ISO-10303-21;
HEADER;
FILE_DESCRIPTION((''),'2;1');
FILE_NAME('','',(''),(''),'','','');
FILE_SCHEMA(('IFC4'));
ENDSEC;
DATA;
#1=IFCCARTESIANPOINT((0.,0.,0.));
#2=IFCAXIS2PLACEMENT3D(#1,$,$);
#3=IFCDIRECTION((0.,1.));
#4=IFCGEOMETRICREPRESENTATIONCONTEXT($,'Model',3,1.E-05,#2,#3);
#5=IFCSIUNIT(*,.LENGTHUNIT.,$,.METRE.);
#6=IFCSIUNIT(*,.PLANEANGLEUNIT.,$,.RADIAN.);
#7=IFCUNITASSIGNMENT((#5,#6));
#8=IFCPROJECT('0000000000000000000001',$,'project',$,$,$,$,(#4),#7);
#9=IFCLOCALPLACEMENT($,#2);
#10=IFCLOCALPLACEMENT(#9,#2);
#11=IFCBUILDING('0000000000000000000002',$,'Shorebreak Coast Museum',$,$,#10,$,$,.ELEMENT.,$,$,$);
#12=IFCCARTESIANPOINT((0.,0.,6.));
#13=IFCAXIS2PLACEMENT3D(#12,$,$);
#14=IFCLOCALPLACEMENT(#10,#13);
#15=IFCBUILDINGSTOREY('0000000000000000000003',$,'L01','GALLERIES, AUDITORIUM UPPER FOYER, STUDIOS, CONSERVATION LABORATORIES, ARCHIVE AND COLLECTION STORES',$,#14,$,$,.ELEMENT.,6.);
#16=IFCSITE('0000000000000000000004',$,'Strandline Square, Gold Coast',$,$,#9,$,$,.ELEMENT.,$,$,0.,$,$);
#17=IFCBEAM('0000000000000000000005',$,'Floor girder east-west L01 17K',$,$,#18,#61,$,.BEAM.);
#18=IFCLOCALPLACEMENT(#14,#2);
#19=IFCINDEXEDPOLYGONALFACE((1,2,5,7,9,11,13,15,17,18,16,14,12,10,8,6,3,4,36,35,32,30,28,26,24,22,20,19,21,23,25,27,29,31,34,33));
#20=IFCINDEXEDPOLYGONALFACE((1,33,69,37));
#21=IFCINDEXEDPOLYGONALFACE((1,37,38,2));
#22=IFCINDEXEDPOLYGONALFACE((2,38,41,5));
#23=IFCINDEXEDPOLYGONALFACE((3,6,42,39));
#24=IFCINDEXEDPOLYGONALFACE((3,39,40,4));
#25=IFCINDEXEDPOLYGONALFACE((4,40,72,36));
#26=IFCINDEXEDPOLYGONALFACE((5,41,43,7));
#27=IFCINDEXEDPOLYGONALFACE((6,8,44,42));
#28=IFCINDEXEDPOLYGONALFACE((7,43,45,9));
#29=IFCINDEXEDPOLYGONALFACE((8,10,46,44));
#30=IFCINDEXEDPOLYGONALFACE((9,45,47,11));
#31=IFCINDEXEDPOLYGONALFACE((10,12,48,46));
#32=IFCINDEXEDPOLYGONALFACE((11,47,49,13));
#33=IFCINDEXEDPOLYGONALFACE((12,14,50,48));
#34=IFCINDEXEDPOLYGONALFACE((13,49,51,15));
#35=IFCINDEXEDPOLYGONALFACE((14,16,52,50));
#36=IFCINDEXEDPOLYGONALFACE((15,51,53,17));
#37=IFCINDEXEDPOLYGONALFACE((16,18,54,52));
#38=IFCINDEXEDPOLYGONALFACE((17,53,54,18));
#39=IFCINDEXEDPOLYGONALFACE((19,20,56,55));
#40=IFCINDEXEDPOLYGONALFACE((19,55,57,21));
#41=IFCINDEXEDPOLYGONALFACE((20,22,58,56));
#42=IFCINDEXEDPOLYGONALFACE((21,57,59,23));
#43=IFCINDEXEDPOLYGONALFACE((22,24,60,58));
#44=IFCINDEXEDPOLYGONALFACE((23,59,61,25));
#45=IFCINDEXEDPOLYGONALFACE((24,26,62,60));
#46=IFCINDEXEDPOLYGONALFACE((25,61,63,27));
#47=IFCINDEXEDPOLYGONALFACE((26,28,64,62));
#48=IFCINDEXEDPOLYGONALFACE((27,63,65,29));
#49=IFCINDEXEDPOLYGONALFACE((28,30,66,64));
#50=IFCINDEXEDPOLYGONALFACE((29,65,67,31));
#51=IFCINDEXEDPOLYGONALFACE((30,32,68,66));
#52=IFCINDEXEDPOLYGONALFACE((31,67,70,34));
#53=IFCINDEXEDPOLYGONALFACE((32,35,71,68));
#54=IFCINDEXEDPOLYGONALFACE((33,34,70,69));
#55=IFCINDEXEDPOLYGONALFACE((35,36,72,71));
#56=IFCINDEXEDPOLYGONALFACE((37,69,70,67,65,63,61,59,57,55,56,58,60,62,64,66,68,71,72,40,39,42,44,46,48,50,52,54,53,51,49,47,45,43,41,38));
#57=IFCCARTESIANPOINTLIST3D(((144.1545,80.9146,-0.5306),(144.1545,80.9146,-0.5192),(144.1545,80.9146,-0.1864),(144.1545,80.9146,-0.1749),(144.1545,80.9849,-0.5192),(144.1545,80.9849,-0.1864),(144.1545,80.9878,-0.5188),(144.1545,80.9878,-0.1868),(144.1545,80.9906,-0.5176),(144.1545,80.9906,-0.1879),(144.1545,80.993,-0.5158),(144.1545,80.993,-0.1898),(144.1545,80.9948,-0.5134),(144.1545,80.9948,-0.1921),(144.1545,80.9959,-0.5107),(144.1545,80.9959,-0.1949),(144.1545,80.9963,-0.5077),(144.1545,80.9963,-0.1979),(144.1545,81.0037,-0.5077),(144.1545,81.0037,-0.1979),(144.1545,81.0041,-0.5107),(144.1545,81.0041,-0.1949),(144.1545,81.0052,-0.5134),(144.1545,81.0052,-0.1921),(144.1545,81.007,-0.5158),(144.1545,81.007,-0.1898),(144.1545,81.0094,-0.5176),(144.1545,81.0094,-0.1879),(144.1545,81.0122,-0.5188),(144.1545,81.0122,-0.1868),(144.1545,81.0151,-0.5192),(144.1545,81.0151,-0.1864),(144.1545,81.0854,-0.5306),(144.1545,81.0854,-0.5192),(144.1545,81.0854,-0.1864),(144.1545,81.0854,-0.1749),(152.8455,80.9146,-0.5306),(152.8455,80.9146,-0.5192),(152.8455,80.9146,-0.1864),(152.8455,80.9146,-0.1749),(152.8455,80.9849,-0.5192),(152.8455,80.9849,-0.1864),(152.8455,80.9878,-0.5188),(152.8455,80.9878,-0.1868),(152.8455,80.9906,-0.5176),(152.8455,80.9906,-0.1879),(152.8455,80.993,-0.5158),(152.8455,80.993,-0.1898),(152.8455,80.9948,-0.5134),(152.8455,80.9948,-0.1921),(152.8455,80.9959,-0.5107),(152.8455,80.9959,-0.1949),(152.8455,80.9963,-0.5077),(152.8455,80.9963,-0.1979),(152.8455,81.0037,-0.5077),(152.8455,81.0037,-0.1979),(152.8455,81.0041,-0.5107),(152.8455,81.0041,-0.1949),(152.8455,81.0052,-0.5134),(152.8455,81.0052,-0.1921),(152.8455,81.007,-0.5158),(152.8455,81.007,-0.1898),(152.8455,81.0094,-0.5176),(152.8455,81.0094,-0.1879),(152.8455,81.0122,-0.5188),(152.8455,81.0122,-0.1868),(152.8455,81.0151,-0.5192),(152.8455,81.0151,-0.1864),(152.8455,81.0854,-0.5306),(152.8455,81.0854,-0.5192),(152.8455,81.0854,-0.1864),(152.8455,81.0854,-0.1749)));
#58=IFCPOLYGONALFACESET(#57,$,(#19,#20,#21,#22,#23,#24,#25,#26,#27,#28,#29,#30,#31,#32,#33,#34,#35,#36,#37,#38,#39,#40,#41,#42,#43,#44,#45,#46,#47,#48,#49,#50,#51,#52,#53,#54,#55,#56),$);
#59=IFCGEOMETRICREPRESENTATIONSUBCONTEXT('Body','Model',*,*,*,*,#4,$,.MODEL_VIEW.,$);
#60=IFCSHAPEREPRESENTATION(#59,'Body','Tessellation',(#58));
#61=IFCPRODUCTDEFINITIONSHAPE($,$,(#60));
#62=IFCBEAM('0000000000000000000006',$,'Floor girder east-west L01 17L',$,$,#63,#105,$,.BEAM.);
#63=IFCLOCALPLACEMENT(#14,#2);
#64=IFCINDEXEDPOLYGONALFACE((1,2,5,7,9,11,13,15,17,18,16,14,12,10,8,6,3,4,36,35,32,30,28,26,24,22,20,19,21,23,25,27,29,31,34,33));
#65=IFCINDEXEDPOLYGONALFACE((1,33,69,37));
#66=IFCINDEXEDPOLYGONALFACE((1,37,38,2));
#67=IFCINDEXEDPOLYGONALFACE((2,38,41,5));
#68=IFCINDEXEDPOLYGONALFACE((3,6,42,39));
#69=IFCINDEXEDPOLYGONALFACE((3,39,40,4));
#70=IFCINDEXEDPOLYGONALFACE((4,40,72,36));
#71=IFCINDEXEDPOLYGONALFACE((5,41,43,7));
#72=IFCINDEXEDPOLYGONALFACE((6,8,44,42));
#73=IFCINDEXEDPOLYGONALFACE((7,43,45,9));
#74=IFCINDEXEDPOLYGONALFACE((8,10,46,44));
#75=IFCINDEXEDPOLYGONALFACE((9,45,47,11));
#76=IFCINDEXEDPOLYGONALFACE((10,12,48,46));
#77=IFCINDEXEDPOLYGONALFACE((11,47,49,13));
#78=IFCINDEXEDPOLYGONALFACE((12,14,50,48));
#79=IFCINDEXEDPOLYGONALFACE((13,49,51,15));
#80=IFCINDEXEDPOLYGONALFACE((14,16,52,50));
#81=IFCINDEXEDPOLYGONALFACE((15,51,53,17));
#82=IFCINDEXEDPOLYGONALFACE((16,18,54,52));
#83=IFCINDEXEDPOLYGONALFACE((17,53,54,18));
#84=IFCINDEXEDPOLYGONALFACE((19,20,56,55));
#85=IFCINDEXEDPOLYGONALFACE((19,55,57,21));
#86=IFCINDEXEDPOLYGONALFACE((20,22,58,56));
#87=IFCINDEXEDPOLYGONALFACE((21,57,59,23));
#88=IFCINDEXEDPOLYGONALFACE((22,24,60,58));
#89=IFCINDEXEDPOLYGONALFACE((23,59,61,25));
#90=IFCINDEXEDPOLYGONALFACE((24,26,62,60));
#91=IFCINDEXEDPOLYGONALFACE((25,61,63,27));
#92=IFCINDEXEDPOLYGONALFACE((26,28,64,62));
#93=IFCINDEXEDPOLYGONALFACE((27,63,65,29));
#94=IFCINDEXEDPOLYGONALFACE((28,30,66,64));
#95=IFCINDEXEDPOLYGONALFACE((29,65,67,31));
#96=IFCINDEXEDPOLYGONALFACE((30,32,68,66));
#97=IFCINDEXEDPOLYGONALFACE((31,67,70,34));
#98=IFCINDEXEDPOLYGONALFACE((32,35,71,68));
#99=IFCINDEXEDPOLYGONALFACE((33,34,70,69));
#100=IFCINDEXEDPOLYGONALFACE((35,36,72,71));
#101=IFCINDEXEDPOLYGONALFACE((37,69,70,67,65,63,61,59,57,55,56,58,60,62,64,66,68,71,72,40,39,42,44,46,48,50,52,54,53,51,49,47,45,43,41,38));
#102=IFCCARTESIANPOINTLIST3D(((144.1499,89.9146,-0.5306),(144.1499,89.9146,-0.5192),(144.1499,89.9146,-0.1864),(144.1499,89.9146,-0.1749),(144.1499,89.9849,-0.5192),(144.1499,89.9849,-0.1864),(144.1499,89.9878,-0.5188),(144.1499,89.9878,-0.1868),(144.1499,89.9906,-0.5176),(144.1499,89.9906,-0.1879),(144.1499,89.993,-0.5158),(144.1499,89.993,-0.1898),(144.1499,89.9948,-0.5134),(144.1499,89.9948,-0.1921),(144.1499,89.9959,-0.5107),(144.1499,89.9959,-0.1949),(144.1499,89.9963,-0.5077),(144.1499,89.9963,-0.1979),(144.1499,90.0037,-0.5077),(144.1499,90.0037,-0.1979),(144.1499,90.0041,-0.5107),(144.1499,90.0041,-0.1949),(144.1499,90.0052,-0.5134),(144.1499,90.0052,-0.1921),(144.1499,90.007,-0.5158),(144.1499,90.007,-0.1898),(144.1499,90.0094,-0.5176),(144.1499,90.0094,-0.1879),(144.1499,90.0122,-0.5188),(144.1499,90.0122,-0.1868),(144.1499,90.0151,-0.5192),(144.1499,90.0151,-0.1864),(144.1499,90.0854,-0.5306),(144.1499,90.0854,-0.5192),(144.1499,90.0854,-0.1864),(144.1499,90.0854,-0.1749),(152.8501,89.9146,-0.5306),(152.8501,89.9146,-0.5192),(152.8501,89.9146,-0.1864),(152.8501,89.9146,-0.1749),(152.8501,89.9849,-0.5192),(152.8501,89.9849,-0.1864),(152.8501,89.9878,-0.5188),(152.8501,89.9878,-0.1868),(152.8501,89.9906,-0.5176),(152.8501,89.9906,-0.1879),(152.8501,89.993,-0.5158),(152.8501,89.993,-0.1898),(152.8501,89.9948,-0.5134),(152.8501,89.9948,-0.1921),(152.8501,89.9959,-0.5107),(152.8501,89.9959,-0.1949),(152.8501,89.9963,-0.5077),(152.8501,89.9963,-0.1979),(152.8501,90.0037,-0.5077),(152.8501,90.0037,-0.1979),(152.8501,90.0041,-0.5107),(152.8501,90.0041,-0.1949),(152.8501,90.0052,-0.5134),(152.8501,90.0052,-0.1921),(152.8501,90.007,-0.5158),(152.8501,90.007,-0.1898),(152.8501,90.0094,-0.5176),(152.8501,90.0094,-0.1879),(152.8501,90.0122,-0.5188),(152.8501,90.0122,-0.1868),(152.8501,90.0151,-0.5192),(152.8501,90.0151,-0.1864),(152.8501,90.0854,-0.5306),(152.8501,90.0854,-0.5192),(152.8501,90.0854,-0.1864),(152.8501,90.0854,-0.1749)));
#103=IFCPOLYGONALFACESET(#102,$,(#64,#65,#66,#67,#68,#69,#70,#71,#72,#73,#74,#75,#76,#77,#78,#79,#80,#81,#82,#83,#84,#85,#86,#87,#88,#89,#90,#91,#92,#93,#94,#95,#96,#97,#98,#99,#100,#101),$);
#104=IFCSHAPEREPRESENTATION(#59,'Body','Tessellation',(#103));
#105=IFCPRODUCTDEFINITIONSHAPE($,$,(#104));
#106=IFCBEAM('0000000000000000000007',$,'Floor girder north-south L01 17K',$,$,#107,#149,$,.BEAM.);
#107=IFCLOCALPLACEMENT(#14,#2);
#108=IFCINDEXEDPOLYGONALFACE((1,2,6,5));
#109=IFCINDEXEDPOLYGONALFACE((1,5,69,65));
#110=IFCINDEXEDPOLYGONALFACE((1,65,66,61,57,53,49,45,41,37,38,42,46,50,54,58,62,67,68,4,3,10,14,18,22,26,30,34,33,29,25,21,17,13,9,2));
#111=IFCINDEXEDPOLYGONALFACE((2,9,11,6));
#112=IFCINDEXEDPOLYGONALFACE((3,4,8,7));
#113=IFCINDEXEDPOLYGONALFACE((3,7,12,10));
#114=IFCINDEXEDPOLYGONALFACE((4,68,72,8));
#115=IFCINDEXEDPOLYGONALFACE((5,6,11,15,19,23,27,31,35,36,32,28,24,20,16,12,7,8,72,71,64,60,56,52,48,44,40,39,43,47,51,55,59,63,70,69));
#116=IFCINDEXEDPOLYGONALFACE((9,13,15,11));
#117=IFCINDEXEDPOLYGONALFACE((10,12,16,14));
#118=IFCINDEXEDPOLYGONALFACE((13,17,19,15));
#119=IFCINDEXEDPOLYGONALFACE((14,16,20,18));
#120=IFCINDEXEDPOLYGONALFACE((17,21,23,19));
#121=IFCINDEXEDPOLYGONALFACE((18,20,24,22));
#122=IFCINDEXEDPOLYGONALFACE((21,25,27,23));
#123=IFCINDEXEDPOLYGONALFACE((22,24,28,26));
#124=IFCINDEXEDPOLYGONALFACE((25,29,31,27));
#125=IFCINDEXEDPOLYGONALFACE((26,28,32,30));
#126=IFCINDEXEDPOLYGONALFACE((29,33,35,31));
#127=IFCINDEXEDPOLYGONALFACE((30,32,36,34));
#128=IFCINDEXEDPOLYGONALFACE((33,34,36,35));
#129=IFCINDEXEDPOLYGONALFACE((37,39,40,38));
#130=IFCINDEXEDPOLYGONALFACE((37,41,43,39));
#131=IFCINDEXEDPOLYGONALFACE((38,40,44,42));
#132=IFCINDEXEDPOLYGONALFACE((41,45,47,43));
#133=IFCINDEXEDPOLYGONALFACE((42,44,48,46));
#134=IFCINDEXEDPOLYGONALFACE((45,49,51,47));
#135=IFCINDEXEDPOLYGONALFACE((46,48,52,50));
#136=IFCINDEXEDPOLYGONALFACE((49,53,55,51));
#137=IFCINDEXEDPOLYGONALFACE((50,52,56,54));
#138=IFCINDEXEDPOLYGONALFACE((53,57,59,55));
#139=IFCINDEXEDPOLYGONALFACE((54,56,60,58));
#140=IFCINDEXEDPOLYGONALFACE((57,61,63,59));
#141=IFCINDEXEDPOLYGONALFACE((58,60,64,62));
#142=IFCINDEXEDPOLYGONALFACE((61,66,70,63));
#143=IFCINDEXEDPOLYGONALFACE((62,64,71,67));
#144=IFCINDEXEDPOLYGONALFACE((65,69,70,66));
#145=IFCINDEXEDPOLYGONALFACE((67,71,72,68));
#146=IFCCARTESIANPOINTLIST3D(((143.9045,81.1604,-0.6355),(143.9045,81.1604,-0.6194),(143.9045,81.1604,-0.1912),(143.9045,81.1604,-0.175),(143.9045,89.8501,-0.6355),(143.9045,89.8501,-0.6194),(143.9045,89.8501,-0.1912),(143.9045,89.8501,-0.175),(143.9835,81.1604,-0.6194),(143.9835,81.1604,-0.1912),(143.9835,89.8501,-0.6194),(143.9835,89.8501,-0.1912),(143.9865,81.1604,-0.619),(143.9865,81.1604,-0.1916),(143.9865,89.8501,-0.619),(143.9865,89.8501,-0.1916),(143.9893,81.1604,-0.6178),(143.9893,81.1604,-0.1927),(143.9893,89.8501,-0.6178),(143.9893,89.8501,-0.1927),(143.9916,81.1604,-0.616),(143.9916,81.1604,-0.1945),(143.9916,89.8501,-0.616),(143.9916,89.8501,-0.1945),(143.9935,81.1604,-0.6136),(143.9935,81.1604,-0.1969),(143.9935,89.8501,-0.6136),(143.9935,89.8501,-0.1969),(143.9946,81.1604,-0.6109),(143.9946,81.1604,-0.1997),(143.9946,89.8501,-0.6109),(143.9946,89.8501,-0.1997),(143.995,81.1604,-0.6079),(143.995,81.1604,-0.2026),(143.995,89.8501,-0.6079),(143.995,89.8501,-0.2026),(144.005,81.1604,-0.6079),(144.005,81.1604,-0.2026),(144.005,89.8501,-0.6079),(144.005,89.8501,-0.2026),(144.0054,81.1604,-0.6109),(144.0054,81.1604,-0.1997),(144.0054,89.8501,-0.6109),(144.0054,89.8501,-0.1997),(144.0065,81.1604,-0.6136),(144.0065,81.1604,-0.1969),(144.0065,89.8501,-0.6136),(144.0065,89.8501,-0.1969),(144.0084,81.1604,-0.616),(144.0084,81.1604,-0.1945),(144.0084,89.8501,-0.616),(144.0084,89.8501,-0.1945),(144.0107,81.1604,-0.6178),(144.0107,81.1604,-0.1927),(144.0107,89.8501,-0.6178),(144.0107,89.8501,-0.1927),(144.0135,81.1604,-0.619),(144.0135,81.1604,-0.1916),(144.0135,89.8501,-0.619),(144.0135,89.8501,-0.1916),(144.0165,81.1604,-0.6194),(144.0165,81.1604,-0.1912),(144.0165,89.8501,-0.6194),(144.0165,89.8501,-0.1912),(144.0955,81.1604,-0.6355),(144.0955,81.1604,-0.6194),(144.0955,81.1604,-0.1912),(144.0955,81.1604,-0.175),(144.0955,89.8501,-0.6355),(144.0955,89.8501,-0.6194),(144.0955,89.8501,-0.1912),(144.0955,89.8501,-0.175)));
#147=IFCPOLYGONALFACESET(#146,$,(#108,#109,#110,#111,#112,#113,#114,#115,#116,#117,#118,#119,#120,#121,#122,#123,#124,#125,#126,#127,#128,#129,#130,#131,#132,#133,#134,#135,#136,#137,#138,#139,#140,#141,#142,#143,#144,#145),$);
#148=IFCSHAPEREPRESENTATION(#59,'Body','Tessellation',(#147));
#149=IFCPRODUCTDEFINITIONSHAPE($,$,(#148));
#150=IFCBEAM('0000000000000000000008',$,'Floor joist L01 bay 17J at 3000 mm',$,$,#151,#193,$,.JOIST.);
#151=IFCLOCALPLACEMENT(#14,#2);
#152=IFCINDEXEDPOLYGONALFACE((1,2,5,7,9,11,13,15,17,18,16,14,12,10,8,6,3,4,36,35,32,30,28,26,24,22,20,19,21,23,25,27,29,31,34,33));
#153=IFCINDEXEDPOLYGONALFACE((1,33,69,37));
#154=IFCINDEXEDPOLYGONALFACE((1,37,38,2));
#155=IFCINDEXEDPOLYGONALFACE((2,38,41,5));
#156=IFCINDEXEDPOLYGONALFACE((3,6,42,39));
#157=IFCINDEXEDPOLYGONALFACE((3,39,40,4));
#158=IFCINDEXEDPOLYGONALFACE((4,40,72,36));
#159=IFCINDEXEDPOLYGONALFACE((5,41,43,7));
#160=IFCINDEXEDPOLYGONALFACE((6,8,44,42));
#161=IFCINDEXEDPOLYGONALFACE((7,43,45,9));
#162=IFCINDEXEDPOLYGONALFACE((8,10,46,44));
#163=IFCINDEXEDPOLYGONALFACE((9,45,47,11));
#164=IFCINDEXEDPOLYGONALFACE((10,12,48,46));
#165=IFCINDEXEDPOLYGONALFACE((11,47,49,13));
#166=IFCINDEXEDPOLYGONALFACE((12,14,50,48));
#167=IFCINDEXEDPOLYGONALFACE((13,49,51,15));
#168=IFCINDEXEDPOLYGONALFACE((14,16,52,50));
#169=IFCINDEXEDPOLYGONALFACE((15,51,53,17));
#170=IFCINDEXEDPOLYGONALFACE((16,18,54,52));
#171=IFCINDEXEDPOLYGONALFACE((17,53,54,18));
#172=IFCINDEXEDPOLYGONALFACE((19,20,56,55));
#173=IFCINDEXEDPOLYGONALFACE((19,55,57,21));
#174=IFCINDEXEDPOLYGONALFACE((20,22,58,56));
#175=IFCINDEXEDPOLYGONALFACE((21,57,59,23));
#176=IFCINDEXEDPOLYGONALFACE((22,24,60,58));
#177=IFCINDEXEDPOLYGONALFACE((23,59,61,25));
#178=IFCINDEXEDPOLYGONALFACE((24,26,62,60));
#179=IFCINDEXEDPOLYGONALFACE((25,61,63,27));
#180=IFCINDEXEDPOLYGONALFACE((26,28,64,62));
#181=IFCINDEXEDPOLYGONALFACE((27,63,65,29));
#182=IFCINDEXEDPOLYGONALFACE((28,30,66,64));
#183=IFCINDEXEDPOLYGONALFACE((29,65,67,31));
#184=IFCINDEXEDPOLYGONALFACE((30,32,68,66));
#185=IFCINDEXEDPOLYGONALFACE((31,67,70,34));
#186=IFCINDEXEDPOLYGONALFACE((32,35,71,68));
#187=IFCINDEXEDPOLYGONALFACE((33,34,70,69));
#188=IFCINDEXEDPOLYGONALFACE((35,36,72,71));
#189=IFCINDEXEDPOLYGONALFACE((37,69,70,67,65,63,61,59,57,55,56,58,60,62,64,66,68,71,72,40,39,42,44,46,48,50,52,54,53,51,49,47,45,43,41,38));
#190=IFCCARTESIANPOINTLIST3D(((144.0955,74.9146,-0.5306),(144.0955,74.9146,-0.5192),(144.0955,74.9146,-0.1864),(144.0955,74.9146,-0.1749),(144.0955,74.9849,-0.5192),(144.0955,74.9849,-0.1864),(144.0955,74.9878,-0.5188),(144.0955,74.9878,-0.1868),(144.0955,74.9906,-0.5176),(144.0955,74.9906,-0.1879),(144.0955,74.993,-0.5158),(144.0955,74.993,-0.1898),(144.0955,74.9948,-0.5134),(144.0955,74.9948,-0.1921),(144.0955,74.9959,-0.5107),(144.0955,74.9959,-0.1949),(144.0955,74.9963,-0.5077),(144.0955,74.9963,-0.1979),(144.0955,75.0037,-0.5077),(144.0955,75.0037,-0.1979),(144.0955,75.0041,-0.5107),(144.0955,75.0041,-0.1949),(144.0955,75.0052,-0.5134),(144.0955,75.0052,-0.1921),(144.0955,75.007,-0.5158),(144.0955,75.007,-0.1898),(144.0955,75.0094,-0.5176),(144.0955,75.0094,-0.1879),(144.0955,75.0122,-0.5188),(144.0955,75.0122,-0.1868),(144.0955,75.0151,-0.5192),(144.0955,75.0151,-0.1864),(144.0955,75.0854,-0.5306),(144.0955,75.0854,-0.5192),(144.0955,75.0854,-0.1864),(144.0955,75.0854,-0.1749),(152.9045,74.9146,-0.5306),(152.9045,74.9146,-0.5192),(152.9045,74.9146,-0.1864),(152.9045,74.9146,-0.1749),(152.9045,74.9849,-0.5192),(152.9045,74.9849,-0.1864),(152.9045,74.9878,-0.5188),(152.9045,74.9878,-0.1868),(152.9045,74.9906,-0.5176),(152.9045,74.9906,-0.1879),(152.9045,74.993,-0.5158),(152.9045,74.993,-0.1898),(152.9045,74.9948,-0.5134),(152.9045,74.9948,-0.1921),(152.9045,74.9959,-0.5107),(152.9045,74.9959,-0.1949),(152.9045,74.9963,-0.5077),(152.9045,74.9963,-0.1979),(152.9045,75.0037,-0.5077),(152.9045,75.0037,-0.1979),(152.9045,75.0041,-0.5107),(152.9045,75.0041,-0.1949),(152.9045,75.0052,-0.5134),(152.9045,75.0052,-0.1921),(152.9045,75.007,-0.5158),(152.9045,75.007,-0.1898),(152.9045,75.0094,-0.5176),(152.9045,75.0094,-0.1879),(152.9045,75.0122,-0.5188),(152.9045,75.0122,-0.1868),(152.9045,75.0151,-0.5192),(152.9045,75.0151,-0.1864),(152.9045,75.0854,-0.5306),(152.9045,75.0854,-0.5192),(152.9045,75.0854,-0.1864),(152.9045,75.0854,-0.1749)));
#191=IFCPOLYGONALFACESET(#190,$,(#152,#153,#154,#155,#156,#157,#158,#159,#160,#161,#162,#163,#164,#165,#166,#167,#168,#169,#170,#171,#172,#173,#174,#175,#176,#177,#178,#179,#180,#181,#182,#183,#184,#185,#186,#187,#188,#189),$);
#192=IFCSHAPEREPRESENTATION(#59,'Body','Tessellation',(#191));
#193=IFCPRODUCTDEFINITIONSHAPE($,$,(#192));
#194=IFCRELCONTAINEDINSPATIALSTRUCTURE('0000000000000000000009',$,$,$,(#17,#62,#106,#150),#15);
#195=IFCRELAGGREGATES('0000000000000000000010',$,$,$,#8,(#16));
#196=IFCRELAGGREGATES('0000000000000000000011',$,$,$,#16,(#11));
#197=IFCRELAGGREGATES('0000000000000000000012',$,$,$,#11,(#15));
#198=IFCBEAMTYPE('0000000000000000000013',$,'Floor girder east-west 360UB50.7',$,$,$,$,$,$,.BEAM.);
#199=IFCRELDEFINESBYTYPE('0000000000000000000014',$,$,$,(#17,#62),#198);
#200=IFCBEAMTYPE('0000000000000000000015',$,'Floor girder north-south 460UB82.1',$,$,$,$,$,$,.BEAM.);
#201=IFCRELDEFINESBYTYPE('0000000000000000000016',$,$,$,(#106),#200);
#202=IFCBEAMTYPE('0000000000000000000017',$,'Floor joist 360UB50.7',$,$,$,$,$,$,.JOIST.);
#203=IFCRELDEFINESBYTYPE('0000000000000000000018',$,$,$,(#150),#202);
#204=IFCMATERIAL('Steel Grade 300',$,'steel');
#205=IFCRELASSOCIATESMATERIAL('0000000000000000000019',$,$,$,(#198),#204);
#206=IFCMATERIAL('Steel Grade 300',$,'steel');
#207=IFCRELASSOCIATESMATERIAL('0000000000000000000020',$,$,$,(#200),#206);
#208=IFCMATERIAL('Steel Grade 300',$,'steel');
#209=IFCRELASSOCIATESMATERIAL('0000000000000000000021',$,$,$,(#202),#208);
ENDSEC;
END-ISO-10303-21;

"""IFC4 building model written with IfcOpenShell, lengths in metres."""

from ifc_helpers import new_model, si_unit, direction, frame, origin, origin_2d, place, context, subcontext, project, spatial, i_section, extrude, material, material_profile, profile_set, type_object, element, save


model = new_model("IFC4")

# Units and contexts
model_context = context("Model", 3, precision=1e-05, world=origin(), true_north=direction((0.0, 1.0)))
body_context = subcontext(model_context, "Body", "Model", "MODEL_VIEW")
ifc_project = project(units=[si_unit("LENGTHUNIT", "METRE"), si_unit("PLANEANGLEUNIT", "RADIAN")], contexts=[model_context])

# Site, building, storey
site_placement = place(None, origin())
site = spatial("IfcSite", under=ifc_project, at=site_placement, Name="Strandline Square, Gold Coast", CompositionType="ELEMENT", RefElevation=0.0)
building_placement = place(site_placement, origin())
building = spatial("IfcBuilding", under=site, at=building_placement, Name="Shorebreak Coast Museum", CompositionType="ELEMENT")
storey_placement = place(building_placement, frame((0.0, 0.0, 6.0)))
storey = spatial("IfcBuildingStorey", under=building, at=storey_placement, Name="L01", Description="GALLERIES, AUDITORIUM UPPER FOYER, STUDIOS, CONSERVATION LABORATORIES, ARCHIVE AND COLLECTION STORES", CompositionType="ELEMENT", Elevation=6.0)

# Beams
ifc_material_1 = material(Name="Steel Grade 300", Category="steel")
ifc_material_profile_1 = material_profile(ifc_material_1, i_section(OverallWidth=0.1709, OverallDepth=0.3557, WebThickness=0.0073, FlangeThickness=0.0115, FilletRadius=0.0115, at=origin_2d()), Name="360UB50.7")
ifc_profile_set_1 = profile_set([ifc_material_profile_1], Name="Steel Grade 300")
beam_type_1 = type_object("IfcBeamType", Name="Floor girder east-west 360UB50.7", PredefinedType="BEAM", material=ifc_profile_set_1)
for number, where, z_axis, x_axis, name in (
    (1, (144.1545, 81.0, -0.3528), (1.0, 0.0, 0.0), (0.0, 1.0, 0.0), "Floor girder east-west L01 17K"),
):
    element("IfcBeam", number, at=place(storey_placement, frame(where, z_axis=z_axis, x_axis=x_axis)), inside=storey, type_object=beam_type_1, Name=name, PredefinedType="BEAM", context=body_context, shape_type="SweptSolid", body=[
        extrude(i_section(OverallWidth=0.1709, OverallDepth=0.3557, WebThickness=0.0073, FlangeThickness=0.0115, FilletRadius=0.0115, at=origin_2d()), origin(), (0.0, 0.0, 1.0), 8.6909),
    ])
beam_1_placement = place(storey_placement, frame((144.1499, 90.0, -0.3528), z_axis=(1.0, 0.0, 0.0), x_axis=(0.0, 1.0, 0.0)))
element("IfcBeam", 2, at=beam_1_placement, inside=storey, type_object=beam_type_1, Name="Floor girder east-west L01 17L", PredefinedType="BEAM", context=body_context, shape_type="SweptSolid", body=[
    extrude(i_section(OverallWidth=0.1709, OverallDepth=0.3557, WebThickness=0.0073, FlangeThickness=0.0115, FilletRadius=0.0115, at=origin_2d()), origin(), (0.0, 0.0, 1.0), 8.7002),
])
ifc_material_2 = material(Name="Steel Grade 300", Category="steel")
ifc_material_profile_2 = material_profile(ifc_material_2, i_section(OverallWidth=0.1909, OverallDepth=0.4604, WebThickness=0.01, FlangeThickness=0.0161, FilletRadius=0.0115, at=origin_2d()), Name="460UB82.1")
ifc_profile_set_2 = profile_set([ifc_material_profile_2], Name="Steel Grade 300")
beam_type_2 = type_object("IfcBeamType", Name="Floor girder north-south 460UB82.1", PredefinedType="BEAM", material=ifc_profile_set_2)
beam_2_placement = place(storey_placement, frame((144.0, 81.1604, -0.4053), z_axis=(0.0, 1.0, 0.0), x_axis=(-1.0, 0.0, 0.0)))
element("IfcBeam", 3, at=beam_2_placement, inside=storey, type_object=beam_type_2, Name="Floor girder north-south L01 17K", PredefinedType="BEAM", context=body_context, shape_type="SweptSolid", body=[
    extrude(i_section(OverallWidth=0.1909, OverallDepth=0.4604, WebThickness=0.01, FlangeThickness=0.0161, FilletRadius=0.0115, at=origin_2d()), origin(), (0.0, 0.0, 1.0), 8.6897),
])
ifc_material_3 = material(Name="Steel Grade 300", Category="steel")
ifc_material_profile_3 = material_profile(ifc_material_3, i_section(OverallWidth=0.1709, OverallDepth=0.3557, WebThickness=0.0073, FlangeThickness=0.0115, FilletRadius=0.0115, at=origin_2d()), Name="360UB50.7")
ifc_profile_set_3 = profile_set([ifc_material_profile_3], Name="Steel Grade 300")
beam_type_3 = type_object("IfcBeamType", Name="Floor joist 360UB50.7", PredefinedType="JOIST", material=ifc_profile_set_3)
for number, where, z_axis, x_axis, name in (
    (4, (144.0955, 75.0, -0.3528), (1.0, 0.0, 0.0), (0.0, 1.0, 0.0), "Floor joist L01 bay 17J at 3000 mm"),
):
    element("IfcBeam", number, at=place(storey_placement, frame(where, z_axis=z_axis, x_axis=x_axis)), inside=storey, type_object=beam_type_3, Name=name, PredefinedType="JOIST", context=body_context, shape_type="SweptSolid", body=[
        extrude(i_section(OverallWidth=0.1709, OverallDepth=0.3557, WebThickness=0.0073, FlangeThickness=0.0115, FilletRadius=0.0115, at=origin_2d()), origin(), (0.0, 0.0, 1.0), 8.8091),
    ])

save(model, "model.ifc")
